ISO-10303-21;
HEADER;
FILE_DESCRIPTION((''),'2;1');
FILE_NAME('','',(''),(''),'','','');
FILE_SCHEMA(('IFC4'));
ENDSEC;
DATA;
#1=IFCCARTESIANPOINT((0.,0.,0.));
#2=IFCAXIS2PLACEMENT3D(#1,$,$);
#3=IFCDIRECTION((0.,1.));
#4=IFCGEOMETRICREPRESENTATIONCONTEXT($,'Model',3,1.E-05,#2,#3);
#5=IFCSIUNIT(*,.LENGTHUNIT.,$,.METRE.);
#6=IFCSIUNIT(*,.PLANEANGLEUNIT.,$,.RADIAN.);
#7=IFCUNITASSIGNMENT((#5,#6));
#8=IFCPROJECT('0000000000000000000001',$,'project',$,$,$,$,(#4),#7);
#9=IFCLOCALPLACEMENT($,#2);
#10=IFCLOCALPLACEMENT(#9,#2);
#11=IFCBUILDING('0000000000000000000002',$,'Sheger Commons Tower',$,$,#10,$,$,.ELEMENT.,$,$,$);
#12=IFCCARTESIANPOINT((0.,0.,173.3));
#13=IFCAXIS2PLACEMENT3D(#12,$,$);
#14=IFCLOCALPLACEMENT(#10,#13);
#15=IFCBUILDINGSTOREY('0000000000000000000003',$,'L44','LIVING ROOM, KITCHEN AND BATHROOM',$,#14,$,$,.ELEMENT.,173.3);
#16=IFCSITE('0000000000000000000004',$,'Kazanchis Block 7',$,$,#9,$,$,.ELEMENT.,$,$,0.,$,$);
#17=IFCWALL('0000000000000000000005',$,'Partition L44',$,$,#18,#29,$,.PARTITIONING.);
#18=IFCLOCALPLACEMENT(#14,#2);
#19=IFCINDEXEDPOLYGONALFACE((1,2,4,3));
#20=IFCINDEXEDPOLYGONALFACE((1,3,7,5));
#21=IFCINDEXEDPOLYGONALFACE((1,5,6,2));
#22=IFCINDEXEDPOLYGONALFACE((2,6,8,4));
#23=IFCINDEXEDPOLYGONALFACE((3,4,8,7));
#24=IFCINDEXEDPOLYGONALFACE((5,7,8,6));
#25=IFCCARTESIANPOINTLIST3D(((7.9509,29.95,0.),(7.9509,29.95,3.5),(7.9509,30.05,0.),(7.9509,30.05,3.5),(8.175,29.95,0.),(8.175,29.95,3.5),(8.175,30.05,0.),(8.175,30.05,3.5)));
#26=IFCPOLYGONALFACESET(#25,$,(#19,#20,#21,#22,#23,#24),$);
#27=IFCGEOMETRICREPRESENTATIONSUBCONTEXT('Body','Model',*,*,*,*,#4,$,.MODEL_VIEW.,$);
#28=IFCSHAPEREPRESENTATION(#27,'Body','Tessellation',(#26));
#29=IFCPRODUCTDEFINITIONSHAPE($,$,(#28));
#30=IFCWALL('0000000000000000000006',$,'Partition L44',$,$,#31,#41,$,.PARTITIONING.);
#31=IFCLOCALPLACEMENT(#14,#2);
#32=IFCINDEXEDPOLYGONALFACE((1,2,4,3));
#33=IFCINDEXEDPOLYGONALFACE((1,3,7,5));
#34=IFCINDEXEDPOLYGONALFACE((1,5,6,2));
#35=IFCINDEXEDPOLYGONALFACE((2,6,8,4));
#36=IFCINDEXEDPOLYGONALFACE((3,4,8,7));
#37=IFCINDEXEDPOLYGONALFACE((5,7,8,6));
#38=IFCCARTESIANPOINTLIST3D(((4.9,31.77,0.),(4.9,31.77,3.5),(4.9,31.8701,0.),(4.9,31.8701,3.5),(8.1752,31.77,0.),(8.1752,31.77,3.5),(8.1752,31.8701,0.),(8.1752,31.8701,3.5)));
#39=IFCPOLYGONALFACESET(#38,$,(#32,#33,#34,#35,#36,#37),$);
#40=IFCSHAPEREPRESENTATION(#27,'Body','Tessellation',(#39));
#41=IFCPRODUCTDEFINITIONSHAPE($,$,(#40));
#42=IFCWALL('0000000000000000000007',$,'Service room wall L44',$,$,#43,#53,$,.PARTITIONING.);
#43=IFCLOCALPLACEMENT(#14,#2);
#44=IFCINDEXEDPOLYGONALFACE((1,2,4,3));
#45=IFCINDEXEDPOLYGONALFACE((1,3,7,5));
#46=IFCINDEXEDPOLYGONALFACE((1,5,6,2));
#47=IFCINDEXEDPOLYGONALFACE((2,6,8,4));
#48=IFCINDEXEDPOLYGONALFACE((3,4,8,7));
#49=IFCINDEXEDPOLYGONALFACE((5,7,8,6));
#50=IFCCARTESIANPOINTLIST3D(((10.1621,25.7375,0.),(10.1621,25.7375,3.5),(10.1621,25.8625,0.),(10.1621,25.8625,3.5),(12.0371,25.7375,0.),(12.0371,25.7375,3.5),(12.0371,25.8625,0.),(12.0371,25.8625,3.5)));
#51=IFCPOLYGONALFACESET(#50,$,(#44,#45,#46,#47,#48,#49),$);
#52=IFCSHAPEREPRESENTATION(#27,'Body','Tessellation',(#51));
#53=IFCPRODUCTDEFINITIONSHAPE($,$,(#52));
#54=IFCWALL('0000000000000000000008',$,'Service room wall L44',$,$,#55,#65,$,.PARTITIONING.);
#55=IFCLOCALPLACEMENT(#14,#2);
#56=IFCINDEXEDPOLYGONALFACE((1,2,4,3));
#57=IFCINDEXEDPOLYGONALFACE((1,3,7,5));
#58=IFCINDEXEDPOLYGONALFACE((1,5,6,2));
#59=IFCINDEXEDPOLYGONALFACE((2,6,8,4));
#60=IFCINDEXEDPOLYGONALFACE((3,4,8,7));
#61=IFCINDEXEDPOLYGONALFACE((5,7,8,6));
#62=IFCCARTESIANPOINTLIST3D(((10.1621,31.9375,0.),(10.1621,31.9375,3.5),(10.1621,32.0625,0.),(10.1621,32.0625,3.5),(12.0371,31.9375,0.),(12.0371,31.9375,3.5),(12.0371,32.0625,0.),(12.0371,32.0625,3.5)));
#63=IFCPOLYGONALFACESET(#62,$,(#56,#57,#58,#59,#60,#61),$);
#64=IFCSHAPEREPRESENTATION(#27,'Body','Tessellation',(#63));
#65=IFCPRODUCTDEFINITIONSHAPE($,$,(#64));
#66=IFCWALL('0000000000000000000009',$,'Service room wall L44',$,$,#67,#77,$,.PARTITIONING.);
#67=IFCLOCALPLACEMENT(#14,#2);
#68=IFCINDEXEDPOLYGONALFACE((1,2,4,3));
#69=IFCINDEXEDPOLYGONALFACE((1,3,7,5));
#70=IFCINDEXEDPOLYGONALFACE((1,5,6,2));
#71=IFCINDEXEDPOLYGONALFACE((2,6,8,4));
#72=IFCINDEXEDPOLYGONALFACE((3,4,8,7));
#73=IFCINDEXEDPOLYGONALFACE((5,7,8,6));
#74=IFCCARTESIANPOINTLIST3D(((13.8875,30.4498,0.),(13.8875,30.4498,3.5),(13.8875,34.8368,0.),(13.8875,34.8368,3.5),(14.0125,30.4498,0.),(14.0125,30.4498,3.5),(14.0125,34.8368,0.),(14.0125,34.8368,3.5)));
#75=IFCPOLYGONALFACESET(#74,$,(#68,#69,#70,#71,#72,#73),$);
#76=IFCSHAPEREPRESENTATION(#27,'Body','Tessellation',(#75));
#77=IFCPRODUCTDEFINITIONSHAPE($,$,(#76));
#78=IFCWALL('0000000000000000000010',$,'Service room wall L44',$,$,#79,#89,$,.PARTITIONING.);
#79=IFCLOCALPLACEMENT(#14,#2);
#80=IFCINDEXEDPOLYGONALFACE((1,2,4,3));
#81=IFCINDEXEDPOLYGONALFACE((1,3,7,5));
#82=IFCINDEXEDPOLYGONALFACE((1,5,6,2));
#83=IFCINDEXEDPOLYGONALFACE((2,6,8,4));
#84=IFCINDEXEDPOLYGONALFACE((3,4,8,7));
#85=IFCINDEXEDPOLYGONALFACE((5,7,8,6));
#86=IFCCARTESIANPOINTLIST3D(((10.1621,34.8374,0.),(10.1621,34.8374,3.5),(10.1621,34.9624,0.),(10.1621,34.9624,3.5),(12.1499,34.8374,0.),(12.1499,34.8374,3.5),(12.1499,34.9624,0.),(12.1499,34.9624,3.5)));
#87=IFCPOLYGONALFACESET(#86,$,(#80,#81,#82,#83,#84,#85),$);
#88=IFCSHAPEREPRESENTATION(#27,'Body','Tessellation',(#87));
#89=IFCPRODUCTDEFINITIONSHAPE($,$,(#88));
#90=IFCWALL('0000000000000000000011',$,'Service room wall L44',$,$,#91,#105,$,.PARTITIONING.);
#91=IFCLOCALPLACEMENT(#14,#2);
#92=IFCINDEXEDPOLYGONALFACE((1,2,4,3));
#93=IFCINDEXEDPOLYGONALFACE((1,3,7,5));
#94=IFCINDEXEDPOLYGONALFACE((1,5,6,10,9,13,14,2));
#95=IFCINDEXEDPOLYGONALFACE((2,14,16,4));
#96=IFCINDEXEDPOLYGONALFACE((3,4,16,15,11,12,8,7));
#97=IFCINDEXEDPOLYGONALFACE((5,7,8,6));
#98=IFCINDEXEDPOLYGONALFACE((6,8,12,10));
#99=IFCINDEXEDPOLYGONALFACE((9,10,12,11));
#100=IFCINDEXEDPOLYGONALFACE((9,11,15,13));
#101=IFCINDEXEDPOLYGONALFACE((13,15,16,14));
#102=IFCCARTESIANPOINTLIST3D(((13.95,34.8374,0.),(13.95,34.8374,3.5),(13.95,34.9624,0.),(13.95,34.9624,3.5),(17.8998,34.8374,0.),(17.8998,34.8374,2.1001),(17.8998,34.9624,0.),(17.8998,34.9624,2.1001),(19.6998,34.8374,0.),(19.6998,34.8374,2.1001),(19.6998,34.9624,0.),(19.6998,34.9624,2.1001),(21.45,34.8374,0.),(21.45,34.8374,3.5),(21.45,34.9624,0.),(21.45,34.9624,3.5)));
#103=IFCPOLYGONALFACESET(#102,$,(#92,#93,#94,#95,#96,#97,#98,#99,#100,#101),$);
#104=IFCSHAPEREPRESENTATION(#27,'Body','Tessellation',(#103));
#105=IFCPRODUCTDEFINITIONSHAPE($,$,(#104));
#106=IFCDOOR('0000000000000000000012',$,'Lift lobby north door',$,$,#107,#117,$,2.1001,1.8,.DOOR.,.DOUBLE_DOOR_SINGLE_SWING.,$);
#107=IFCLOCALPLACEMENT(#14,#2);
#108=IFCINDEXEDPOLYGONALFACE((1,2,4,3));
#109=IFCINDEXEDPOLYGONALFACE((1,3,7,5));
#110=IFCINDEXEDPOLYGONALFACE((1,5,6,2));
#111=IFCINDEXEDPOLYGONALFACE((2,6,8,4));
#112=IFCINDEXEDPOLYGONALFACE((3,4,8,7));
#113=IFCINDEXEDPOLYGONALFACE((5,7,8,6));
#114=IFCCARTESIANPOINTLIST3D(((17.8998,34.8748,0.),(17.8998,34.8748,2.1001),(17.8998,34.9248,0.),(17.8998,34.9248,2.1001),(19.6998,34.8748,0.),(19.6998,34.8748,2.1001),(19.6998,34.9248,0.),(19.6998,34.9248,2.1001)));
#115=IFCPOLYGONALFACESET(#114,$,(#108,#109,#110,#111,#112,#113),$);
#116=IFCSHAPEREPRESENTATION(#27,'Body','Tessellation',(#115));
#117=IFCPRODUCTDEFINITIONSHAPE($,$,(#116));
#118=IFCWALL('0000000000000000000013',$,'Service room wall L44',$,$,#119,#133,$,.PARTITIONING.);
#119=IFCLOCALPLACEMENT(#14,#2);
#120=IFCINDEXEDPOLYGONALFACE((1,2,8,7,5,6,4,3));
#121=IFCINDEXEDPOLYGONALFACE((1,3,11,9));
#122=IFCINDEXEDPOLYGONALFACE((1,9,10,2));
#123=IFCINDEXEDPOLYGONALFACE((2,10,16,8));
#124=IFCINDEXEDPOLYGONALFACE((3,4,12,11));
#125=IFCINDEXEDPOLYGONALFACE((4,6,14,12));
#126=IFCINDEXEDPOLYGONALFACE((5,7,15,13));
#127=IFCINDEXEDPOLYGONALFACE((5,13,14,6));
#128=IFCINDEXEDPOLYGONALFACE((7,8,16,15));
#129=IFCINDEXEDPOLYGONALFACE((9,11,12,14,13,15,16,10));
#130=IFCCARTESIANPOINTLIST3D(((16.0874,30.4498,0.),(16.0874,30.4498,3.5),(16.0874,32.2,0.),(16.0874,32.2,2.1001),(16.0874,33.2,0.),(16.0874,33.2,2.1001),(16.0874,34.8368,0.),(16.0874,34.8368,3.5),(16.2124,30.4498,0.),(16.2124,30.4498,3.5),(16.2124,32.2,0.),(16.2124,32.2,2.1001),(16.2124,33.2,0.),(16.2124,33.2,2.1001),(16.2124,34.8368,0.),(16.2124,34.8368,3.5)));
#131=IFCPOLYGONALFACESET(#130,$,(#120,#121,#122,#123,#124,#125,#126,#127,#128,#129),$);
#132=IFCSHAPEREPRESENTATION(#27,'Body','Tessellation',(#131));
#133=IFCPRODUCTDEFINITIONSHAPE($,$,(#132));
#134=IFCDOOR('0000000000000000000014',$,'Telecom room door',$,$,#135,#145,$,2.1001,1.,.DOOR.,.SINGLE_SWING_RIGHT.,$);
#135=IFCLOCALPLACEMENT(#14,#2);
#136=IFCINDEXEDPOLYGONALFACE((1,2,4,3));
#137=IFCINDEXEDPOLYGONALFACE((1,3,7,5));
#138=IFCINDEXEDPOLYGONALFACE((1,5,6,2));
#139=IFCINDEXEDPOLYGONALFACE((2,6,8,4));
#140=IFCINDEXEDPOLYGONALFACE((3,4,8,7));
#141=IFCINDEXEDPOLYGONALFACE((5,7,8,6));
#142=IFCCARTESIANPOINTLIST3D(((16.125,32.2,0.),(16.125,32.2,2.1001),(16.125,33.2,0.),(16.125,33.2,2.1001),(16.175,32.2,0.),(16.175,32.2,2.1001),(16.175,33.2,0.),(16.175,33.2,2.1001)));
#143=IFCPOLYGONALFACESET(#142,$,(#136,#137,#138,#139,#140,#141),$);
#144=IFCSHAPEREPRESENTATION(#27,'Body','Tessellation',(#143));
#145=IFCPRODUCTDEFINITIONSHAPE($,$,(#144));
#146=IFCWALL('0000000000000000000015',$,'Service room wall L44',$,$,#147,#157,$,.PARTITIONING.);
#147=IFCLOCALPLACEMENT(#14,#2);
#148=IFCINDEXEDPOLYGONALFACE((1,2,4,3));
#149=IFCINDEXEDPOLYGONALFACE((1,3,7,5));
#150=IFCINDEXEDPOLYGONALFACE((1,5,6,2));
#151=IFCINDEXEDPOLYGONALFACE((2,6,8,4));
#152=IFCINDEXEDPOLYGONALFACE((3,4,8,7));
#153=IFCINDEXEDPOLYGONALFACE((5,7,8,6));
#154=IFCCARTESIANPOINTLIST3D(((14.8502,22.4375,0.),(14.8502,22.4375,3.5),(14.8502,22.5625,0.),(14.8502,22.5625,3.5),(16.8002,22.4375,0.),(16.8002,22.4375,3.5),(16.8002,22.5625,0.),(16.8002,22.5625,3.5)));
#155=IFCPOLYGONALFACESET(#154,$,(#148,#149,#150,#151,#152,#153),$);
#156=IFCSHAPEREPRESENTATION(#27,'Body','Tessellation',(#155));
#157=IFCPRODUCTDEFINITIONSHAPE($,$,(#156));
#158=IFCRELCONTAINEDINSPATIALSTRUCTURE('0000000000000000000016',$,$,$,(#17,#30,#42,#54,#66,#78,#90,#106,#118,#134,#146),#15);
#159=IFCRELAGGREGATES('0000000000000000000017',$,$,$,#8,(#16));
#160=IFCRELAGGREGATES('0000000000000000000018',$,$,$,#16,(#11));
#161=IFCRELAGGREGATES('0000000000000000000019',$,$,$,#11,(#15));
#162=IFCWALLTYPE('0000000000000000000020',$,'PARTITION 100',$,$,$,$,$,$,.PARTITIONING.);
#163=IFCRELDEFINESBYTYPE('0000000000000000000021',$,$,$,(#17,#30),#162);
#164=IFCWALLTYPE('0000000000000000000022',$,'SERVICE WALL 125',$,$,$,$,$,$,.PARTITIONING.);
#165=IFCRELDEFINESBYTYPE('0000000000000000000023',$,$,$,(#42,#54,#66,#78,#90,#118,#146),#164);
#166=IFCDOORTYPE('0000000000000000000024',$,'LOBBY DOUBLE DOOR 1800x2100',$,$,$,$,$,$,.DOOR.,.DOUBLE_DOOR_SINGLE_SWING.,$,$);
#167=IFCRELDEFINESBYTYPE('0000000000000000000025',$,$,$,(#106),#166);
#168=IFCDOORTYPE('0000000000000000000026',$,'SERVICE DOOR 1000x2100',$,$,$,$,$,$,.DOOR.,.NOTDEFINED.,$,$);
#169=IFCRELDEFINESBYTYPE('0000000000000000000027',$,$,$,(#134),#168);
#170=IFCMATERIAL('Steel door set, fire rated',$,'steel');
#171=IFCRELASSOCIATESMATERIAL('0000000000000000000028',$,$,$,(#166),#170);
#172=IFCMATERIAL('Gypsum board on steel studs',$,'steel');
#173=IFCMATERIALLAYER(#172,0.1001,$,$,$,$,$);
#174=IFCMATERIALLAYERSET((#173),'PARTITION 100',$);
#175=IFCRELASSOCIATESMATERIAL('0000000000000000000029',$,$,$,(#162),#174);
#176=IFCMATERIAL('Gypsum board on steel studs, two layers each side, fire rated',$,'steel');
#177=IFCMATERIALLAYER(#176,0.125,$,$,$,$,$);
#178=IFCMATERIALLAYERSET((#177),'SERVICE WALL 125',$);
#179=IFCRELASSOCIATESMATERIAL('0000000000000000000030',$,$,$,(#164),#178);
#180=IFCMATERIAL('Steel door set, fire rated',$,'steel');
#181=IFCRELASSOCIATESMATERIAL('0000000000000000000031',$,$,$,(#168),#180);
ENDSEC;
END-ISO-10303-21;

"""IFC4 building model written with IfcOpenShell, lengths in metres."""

from ifc_helpers import new_model, si_unit, direction, frame, frame_2d, origin, place, context, subcontext, project, spatial, rectangle, extrude, material, layer, layer_set, type_object, element, fill, save


model = new_model("IFC4")

# Units and contexts
model_context = context("Model", 3, precision=1e-05, world=origin(), true_north=direction((0.0, 1.0)))
body_context = subcontext(model_context, "Body", "Model", "MODEL_VIEW")
ifc_project = project(units=[si_unit("LENGTHUNIT", "METRE"), si_unit("PLANEANGLEUNIT", "RADIAN")], contexts=[model_context])

# Site, building, storey
site_placement = place(None, origin())
site = spatial("IfcSite", under=ifc_project, at=site_placement, Name="Kazanchis Block 7", CompositionType="ELEMENT", RefElevation=0.0)
building_placement = place(site_placement, origin())
building = spatial("IfcBuilding", under=site, at=building_placement, Name="Sheger Commons Tower", CompositionType="ELEMENT")
storey_placement = place(building_placement, frame((0.0, 0.0, 173.3)))
storey = spatial("IfcBuildingStorey", under=building, at=storey_placement, Name="L44", Description="LIVING ROOM, KITCHEN AND BATHROOM", CompositionType="ELEMENT", Elevation=173.3)

# Shared definitions
ifc_material_1 = material(Name="Steel door set, fire rated", Category="steel")
door_type_1 = type_object("IfcDoorType", Name="LOBBY DOUBLE DOOR 1800x2100", OperationType="DOUBLE_DOOR_SINGLE_SWING", PredefinedType="DOOR", material=ifc_material_1)
ifc_material_2 = material(Name="Gypsum board on steel studs", Category="steel")
ifc_layer_1 = layer(ifc_material_2, 0.1001)
ifc_layer_set_1 = layer_set([ifc_layer_1], Name="PARTITION 100")
wall_type_1 = type_object("IfcWallType", Name="PARTITION 100", PredefinedType="PARTITIONING", material=ifc_layer_set_1)

# Walls
wall_1_placement = place(storey_placement, frame((7.9509, 30.0, 0.0), z_axis=(0.0, 0.0, 1.0), x_axis=(1.0, 0.0, 0.0)))
element("IfcWall", 1, at=wall_1_placement, inside=storey, type_object=wall_type_1, Name="Partition L44", PredefinedType="PARTITIONING", context=body_context, shape_type="SweptSolid", body=[
    extrude(rectangle(XDim=0.2241, YDim=0.1001, at=frame_2d((0.1121, 0.0))), origin(), (0.0, 0.0, 1.0), 3.5),
])
wall_2_placement = place(storey_placement, frame((4.8999, 31.8201, 0.0), z_axis=(0.0, 0.0, 1.0), x_axis=(1.0, 0.0, 0.0)))
element("IfcWall", 2, at=wall_2_placement, inside=storey, type_object=wall_type_1, Name="Partition L44", PredefinedType="PARTITIONING", context=body_context, shape_type="SweptSolid", body=[
    extrude(rectangle(XDim=3.2751, YDim=0.1001, at=frame_2d((1.6377, 0.0))), origin(), (0.0, 0.0, 1.0), 3.5),
])
ifc_material_3 = material(Name="Gypsum board on steel studs, two layers each side, fire rated", Category="steel")
ifc_layer_2 = layer(ifc_material_3, 0.125)
ifc_layer_set_2 = layer_set([ifc_layer_2], Name="SERVICE WALL 125")
wall_type_2 = type_object("IfcWallType", Name="SERVICE WALL 125", PredefinedType="PARTITIONING", material=ifc_layer_set_2)
for number, where, z_axis, x_axis, name in (
    (3, (10.1621, 25.8, 0.0), (0.0, 0.0, 1.0), (1.0, 0.0, 0.0), "Service room wall L44"),
    (4, (10.1621, 32.0, 0.0), (0.0, 0.0, 1.0), (1.0, 0.0, 0.0), "Service room wall L44"),
):
    element("IfcWall", number, at=place(storey_placement, frame(where, z_axis=z_axis, x_axis=x_axis)), inside=storey, type_object=wall_type_2, Name=name, PredefinedType="PARTITIONING", context=body_context, shape_type="SweptSolid", body=[
        extrude(rectangle(XDim=1.875, YDim=0.125, at=frame_2d((0.9375, 0.0))), origin(), (0.0, 0.0, 1.0), 3.5),
    ])
wall_3_placement = place(storey_placement, frame((13.95, 30.45, 0.0), z_axis=(0.0, 0.0, 1.0), x_axis=(0.0, 1.0, 0.0)))
element("IfcWall", 5, at=wall_3_placement, inside=storey, type_object=wall_type_2, Name="Service room wall L44", PredefinedType="PARTITIONING", context=body_context, shape_type="SweptSolid", body=[
    extrude(rectangle(XDim=4.387, YDim=0.125, at=frame_2d((2.1934, 0.0))), origin(), (0.0, 0.0, 1.0), 3.5),
])
wall_4_placement = place(storey_placement, frame((10.1621, 34.8999, 0.0), z_axis=(0.0, 0.0, 1.0), x_axis=(1.0, 0.0, 0.0)))
element("IfcWall", 6, at=wall_4_placement, inside=storey, type_object=wall_type_2, Name="Service room wall L44", PredefinedType="PARTITIONING", context=body_context, shape_type="SweptSolid", body=[
    extrude(rectangle(XDim=1.9878, YDim=0.125, at=frame_2d((0.9939, 0.0))), origin(), (0.0, 0.0, 1.0), 3.5),
])

# Walls, openings, doors
wall_5_placement = place(storey_placement, frame((13.95, 34.8999, 0.0), z_axis=(0.0, 0.0, 1.0), x_axis=(1.0, 0.0, 0.0)))
wall_5 = element("IfcWall", 7, at=wall_5_placement, inside=storey, type_object=wall_type_2, Name="Service room wall L44", PredefinedType="PARTITIONING", context=body_context, shape_type="SweptSolid", body=[
    extrude(rectangle(XDim=7.5, YDim=0.125, at=frame_2d((3.75, 0.0))), origin(), (0.0, 0.0, 1.0), 3.5),
])
opening_1_placement = place(wall_5_placement, frame((3.95, 0.0, 0.0)))
opening_1 = element("IfcOpeningElement", 8, at=opening_1_placement, cuts=wall_5, PredefinedType="OPENING", context=body_context, shape_type="SweptSolid", body=[
    extrude(rectangle(XDim=1.8, YDim=2.1001, at=frame_2d((0.8999, 1.05))), frame((0.0, 0.0725, 0.0), z_axis=(0.0, -1.0, 0.0), x_axis=(1.0, 0.0, 0.0)), (0.0, 0.0, 1.0), 0.145),
])
door_1_placement = place(opening_1_placement, origin())
door_1 = element("IfcDoor", 9, at=door_1_placement, inside=storey, type_object=door_type_1, Name="Lift lobby north door", OperationType="DOUBLE_DOOR_SINGLE_SWING", OverallHeight=2.1001, OverallWidth=1.8, PredefinedType="DOOR", context=body_context, shape_type="SweptSolid", body=[
    extrude(rectangle(XDim=1.8, YDim=2.1001, at=frame_2d((0.8999, 1.05))), frame((0.0, 0.0249, 0.0), z_axis=(0.0, -1.0, 0.0), x_axis=(1.0, 0.0, 0.0)), (0.0, 0.0, 1.0), 0.05),
])
fill(opening_1, door_1)
wall_6_placement = place(storey_placement, frame((16.1499, 30.45, 0.0), z_axis=(0.0, 0.0, 1.0), x_axis=(0.0, 1.0, 0.0)))
wall_6 = element("IfcWall", 10, at=wall_6_placement, inside=storey, type_object=wall_type_2, Name="Service room wall L44", PredefinedType="PARTITIONING", context=body_context, shape_type="SweptSolid", body=[
    extrude(rectangle(XDim=4.387, YDim=0.125, at=frame_2d((2.1934, 0.0))), origin(), (0.0, 0.0, 1.0), 3.5),
])
opening_2_placement = place(wall_6_placement, frame((1.75, 0.0, 0.0)))
opening_2 = element("IfcOpeningElement", 11, at=opening_2_placement, cuts=wall_6, PredefinedType="OPENING", context=body_context, shape_type="SweptSolid", body=[
    extrude(rectangle(XDim=1.0, YDim=2.1001, at=frame_2d((0.5, 1.05))), frame((0.0, 0.0725, 0.0), z_axis=(0.0, -1.0, 0.0), x_axis=(1.0, 0.0, 0.0)), (0.0, 0.0, 1.0), 0.145),
])
ifc_material_4 = material(Name="Steel door set, fire rated", Category="steel")
door_type_2 = type_object("IfcDoorType", Name="SERVICE DOOR 1000x2100", OperationType="NOTDEFINED", PredefinedType="DOOR", material=ifc_material_4)
door_2_placement = place(opening_2_placement, origin())
door_2 = element("IfcDoor", 12, at=door_2_placement, inside=storey, type_object=door_type_2, Name="Telecom room door", OperationType="SINGLE_SWING_RIGHT", OverallHeight=2.1001, OverallWidth=1.0, PredefinedType="DOOR", context=body_context, shape_type="SweptSolid", body=[
    extrude(rectangle(XDim=1.0, YDim=2.1001, at=frame_2d((0.5, 1.05))), frame((0.0, 0.0249, 0.0), z_axis=(0.0, -1.0, 0.0), x_axis=(1.0, 0.0, 0.0)), (0.0, 0.0, 1.0), 0.05),
])
fill(opening_2, door_2)

# Wall
wall_7_placement = place(storey_placement, frame((14.8501, 22.5, 0.0), z_axis=(0.0, 0.0, 1.0), x_axis=(1.0, 0.0, 0.0)))
element("IfcWall", 13, at=wall_7_placement, inside=storey, type_object=wall_type_2, Name="Service room wall L44", PredefinedType="PARTITIONING", context=body_context, shape_type="SweptSolid", body=[
    extrude(rectangle(XDim=1.95, YDim=0.125, at=frame_2d((0.9751, 0.0))), origin(), (0.0, 0.0, 1.0), 3.5),
])

save(model, "model.ifc")
